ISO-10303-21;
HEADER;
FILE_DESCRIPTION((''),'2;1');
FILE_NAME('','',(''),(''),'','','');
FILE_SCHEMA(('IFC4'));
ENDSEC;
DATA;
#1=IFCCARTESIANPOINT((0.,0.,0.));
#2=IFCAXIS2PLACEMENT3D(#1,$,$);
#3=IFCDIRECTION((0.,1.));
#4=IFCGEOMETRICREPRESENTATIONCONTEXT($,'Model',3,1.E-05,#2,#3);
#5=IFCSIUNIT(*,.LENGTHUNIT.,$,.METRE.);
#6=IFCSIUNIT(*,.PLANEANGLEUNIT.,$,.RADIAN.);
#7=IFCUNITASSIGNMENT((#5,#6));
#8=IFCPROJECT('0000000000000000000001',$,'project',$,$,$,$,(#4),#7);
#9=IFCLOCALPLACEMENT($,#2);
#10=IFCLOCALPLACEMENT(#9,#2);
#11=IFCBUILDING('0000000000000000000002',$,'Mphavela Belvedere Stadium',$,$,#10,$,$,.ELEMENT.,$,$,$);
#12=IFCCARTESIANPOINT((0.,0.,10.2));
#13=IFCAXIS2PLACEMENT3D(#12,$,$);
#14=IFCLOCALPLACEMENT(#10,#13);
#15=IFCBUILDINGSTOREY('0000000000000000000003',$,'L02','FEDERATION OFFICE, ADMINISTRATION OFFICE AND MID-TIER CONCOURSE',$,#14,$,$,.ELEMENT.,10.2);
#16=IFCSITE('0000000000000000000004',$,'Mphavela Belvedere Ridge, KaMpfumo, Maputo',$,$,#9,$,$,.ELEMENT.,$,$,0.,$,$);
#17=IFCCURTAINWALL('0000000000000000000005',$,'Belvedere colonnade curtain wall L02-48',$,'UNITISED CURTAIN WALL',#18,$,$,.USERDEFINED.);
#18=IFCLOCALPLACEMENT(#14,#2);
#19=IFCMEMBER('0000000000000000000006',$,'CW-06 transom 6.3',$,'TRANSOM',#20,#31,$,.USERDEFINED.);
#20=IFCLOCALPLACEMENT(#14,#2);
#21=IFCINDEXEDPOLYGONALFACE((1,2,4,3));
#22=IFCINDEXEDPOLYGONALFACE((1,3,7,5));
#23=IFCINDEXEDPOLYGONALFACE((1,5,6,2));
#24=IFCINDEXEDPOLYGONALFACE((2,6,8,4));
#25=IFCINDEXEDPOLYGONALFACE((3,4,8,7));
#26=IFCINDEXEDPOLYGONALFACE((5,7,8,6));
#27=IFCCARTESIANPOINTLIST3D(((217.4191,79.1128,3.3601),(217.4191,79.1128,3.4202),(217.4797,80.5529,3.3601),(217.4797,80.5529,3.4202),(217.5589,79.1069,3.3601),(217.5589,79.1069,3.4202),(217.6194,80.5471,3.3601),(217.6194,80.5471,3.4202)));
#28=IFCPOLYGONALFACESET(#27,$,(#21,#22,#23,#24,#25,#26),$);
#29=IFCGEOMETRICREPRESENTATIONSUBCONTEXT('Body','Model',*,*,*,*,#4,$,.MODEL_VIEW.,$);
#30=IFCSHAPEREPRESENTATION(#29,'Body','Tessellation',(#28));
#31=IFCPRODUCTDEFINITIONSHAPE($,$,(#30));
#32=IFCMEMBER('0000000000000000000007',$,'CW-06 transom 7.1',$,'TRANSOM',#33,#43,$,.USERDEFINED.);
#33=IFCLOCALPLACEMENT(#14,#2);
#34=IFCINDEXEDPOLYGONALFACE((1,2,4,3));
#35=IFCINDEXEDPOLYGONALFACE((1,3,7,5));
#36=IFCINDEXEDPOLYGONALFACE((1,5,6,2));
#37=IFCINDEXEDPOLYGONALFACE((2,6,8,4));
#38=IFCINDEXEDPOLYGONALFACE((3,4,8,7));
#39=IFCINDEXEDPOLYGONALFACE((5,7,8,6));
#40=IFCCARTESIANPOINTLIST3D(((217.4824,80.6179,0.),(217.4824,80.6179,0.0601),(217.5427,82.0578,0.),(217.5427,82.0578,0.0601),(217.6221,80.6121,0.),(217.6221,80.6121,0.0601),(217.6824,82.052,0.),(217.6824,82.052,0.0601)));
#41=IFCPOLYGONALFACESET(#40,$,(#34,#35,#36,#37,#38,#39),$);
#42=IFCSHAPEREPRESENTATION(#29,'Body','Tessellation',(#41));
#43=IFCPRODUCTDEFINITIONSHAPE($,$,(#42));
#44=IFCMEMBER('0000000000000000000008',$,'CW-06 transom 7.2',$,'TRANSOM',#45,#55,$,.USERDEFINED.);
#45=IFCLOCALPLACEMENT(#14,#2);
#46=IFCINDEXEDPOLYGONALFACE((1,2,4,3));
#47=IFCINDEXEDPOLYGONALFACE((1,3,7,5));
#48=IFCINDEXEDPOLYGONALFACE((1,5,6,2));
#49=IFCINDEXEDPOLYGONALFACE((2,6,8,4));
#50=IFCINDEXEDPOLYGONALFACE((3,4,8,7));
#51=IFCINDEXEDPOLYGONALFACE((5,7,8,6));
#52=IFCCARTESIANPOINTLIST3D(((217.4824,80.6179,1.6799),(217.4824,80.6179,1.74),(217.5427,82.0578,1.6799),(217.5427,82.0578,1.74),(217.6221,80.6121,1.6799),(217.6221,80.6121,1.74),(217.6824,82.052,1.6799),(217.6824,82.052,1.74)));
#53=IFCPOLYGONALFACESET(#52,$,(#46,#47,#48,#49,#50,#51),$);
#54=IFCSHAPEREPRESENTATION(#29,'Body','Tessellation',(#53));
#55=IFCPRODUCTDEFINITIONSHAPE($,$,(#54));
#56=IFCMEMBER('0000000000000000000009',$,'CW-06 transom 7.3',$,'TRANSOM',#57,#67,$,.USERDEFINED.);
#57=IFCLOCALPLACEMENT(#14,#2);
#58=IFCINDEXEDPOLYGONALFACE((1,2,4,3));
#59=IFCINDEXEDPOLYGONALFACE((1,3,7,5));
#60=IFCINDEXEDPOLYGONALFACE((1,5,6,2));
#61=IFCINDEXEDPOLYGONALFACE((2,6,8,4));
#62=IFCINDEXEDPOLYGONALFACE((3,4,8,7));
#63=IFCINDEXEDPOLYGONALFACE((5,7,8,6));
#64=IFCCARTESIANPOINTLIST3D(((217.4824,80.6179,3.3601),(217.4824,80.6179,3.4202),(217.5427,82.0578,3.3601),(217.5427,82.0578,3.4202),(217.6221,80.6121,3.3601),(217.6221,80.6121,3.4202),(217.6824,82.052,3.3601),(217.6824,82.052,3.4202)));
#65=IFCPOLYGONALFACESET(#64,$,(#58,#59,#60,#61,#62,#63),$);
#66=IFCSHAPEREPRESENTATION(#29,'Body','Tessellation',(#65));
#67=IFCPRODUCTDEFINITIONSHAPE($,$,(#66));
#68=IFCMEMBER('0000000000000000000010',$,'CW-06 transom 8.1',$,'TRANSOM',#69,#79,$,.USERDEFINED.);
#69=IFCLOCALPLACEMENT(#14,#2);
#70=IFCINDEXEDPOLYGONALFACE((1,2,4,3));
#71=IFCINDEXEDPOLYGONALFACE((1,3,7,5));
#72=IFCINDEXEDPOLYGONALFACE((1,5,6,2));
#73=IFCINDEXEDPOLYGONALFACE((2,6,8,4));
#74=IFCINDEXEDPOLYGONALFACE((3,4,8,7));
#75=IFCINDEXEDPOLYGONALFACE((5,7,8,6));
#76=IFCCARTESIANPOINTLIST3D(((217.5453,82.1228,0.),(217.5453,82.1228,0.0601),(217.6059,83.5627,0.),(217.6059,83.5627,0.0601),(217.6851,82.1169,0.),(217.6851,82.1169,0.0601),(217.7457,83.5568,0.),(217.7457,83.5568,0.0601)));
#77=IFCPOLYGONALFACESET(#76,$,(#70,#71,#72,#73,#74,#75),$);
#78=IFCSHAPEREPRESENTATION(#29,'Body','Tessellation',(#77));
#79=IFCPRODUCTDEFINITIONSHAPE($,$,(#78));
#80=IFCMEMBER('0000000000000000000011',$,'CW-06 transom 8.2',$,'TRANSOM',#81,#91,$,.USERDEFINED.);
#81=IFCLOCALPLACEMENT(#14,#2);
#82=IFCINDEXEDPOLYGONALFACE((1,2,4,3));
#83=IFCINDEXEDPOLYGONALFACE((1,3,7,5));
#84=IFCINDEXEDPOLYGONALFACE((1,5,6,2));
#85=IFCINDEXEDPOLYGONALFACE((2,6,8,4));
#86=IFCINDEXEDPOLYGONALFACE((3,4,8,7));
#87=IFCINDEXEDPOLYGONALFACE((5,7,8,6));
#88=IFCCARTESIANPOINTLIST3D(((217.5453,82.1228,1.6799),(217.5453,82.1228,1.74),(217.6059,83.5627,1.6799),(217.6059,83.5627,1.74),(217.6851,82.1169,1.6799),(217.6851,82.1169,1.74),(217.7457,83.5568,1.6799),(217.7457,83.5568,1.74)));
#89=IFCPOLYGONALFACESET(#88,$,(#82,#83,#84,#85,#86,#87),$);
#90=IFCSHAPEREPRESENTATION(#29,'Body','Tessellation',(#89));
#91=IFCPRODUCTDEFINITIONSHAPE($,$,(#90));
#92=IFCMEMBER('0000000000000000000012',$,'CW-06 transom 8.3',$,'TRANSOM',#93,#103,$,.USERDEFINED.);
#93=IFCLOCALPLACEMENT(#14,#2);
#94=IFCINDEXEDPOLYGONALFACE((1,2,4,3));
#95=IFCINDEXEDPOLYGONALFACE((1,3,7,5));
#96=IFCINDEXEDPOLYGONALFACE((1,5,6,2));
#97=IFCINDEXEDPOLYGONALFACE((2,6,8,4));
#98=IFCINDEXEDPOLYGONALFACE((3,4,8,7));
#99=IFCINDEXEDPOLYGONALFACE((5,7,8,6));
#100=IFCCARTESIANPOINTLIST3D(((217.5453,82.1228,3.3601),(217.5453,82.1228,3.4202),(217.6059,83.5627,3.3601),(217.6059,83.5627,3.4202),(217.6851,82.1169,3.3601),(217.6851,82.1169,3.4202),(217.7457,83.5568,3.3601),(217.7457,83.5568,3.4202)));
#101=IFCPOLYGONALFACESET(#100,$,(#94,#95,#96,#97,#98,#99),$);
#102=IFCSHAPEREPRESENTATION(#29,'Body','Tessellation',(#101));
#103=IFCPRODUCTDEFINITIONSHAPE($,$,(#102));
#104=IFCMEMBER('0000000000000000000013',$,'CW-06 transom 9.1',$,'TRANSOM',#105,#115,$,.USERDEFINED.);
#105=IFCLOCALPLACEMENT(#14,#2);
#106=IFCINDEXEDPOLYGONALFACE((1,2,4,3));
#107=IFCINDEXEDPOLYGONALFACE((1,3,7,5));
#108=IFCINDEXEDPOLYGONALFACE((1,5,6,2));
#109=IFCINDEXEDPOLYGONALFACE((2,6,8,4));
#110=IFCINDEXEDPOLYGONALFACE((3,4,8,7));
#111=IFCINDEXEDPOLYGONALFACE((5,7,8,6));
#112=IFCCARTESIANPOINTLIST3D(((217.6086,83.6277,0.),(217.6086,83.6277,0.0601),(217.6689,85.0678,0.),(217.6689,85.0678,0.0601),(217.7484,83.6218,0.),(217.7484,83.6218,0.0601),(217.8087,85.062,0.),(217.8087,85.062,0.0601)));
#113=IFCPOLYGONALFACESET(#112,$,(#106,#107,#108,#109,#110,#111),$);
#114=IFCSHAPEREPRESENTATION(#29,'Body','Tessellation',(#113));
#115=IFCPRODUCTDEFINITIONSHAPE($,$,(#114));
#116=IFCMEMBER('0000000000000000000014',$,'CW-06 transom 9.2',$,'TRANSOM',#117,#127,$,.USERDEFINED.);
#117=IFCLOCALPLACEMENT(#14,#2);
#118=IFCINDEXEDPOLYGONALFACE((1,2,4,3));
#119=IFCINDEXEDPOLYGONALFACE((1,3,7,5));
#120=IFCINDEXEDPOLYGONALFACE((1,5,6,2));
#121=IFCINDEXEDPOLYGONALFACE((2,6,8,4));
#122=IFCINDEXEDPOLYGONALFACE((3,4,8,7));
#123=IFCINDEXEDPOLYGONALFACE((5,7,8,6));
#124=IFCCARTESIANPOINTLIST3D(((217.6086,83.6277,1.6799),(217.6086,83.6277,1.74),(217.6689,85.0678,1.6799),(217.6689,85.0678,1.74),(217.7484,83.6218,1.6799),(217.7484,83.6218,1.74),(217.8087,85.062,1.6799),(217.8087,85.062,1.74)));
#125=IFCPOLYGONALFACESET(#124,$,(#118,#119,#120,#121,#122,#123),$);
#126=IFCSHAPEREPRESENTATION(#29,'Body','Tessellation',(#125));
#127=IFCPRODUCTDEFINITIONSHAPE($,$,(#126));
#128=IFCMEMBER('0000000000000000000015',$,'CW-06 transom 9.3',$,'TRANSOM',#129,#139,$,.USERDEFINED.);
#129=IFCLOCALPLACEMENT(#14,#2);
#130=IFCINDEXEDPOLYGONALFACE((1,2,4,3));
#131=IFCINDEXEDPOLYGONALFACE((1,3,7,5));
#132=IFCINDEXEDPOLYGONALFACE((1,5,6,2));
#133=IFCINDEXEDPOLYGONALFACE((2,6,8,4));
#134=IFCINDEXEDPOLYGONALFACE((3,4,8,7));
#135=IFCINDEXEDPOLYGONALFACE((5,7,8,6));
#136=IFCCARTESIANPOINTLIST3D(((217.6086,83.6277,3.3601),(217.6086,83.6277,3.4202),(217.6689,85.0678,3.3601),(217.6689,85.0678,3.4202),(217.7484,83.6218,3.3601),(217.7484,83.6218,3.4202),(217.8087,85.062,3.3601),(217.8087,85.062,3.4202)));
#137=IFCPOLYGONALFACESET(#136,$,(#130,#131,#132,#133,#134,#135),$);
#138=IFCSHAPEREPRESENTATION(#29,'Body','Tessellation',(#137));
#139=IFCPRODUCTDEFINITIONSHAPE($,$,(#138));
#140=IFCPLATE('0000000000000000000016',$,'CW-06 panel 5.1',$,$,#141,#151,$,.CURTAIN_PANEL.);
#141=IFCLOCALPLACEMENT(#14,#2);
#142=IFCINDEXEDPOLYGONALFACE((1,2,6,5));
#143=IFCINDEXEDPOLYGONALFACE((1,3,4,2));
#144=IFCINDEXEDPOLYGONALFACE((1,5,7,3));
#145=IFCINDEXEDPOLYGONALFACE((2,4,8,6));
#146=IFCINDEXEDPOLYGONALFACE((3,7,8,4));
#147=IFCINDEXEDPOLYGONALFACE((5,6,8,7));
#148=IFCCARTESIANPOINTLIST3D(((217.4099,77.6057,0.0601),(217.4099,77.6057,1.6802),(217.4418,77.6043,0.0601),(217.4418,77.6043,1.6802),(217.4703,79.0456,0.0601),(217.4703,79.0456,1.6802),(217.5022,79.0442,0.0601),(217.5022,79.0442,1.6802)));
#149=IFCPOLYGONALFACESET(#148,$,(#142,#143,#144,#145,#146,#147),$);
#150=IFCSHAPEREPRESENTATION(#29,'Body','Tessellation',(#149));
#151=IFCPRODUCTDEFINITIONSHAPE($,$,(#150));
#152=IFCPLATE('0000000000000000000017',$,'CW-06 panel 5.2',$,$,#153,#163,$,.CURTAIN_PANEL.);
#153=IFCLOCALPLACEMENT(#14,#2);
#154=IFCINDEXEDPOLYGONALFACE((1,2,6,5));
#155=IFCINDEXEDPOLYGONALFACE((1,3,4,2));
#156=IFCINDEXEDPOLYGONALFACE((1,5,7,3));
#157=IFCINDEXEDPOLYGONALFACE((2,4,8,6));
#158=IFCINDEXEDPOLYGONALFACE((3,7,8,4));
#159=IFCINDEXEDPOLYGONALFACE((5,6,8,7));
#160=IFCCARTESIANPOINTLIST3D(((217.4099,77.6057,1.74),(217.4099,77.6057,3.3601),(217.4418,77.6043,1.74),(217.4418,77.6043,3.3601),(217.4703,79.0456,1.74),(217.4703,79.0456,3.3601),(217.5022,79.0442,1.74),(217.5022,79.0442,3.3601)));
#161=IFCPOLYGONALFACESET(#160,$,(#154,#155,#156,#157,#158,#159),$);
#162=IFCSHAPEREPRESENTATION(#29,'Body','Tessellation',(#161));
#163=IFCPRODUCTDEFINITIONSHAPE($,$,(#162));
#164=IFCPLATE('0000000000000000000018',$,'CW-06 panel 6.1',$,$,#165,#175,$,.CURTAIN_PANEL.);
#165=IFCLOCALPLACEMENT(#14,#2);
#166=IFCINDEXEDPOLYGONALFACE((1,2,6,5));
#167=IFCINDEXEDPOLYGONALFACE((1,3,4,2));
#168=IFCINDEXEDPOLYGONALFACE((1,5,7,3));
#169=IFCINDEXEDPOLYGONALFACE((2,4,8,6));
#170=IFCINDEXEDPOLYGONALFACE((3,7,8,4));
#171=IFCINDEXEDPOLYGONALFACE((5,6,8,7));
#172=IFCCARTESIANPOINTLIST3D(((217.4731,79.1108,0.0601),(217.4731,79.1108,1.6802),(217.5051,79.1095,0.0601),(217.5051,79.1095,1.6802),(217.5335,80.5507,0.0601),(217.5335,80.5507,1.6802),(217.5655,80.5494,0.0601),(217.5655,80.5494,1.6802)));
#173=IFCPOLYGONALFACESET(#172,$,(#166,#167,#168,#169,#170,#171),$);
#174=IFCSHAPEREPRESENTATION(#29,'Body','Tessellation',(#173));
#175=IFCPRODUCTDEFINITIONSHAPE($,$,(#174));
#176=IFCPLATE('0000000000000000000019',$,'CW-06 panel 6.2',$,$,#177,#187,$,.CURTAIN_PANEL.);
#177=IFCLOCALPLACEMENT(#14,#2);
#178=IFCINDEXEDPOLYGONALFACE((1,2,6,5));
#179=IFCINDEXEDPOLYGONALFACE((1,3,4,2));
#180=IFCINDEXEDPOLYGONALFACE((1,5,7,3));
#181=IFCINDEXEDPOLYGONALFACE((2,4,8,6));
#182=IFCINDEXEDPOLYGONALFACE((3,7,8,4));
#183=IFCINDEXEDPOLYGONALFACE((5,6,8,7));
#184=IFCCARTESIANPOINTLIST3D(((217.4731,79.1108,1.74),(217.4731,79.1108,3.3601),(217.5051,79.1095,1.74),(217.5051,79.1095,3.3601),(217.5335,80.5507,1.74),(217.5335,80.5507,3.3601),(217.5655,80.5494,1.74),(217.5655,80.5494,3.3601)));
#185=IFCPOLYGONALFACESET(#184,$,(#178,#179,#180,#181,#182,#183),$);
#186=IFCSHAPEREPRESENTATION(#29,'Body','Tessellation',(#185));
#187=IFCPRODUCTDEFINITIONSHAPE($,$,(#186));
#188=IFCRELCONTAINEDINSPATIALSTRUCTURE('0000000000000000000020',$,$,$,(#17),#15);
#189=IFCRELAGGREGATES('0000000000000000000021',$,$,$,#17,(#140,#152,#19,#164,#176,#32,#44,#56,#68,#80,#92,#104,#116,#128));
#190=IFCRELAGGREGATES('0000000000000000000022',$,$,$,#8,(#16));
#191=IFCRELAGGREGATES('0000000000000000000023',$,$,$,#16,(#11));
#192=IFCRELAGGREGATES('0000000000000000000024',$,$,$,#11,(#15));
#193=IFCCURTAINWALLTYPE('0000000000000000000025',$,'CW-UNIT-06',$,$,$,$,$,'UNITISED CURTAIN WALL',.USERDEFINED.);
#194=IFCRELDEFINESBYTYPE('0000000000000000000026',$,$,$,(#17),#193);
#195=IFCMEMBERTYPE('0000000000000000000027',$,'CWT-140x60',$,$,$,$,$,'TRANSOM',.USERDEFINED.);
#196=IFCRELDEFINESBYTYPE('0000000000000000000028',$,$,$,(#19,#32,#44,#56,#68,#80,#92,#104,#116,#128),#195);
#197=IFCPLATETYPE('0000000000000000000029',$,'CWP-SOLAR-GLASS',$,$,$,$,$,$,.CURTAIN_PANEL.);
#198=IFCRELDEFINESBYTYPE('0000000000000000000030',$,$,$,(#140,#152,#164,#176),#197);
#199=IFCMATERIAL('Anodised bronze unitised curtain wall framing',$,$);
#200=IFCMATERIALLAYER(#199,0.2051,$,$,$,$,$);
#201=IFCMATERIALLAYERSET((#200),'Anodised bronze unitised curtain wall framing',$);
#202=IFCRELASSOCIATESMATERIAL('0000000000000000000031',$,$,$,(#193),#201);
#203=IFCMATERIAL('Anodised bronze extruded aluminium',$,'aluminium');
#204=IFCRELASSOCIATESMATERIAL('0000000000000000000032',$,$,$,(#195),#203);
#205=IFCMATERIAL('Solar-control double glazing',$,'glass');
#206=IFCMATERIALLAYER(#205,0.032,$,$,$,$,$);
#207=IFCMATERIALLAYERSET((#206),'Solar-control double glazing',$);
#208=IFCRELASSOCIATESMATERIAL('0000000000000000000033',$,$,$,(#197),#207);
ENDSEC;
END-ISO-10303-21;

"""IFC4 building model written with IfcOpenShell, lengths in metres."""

from ifc_helpers import new_model, si_unit, direction, frame, origin, origin_2d, place, context, subcontext, project, spatial, rectangle, extrude, material, layer, layer_set, material_profile, profile_set, type_object, element, aggregate, save


model = new_model("IFC4")

# Units and contexts
model_context = context("Model", 3, precision=1e-05, world=origin(), true_north=direction((0.0, 1.0)))
body_context = subcontext(model_context, "Body", "Model", "MODEL_VIEW")
ifc_project = project(units=[si_unit("LENGTHUNIT", "METRE"), si_unit("PLANEANGLEUNIT", "RADIAN")], contexts=[model_context])

# Site, building, storey
site_placement = place(None, origin())
site = spatial("IfcSite", under=ifc_project, at=site_placement, Name="Mphavela Belvedere Ridge, KaMpfumo, Maputo", CompositionType="ELEMENT", RefElevation=0.0)
building_placement = place(site_placement, origin())
building = spatial("IfcBuilding", under=site, at=building_placement, Name="Mphavela Belvedere Stadium", CompositionType="ELEMENT")
storey_placement = place(building_placement, frame((0.0, 0.0, 10.2)))
storey = spatial("IfcBuildingStorey", under=building, at=storey_placement, Name="L02", Description="FEDERATION OFFICE, ADMINISTRATION OFFICE AND MID-TIER CONCOURSE", CompositionType="ELEMENT", Elevation=10.2)

# Curtain wall, members, plates
ifc_material_1 = material(Name="Anodised bronze unitised curtain wall framing")
ifc_layer_1 = layer(ifc_material_1, 0.2051)
ifc_layer_set_1 = layer_set([ifc_layer_1], Name="Anodised bronze unitised curtain wall framing")
curtain_wall_type = type_object("IfcCurtainWallType", Name="CW-UNIT-06", ElementType="UNITISED CURTAIN WALL", PredefinedType="USERDEFINED", material=ifc_layer_set_1)
curtain_wall_placement = place(storey_placement, origin())
curtain_wall = element("IfcCurtainWall", 1, at=curtain_wall_placement, inside=storey, type_object=curtain_wall_type, Name="Belvedere colonnade curtain wall L02-48", ObjectType="UNITISED CURTAIN WALL", PredefinedType="USERDEFINED")
ifc_material_2 = material(Name="Anodised bronze extruded aluminium", Category="aluminium")
ifc_material_profile_1 = material_profile(ifc_material_2, rectangle(XDim=0.1399, YDim=0.0601, at=origin_2d()), Name="CW-TRN 140x60")
ifc_profile_set_1 = profile_set([ifc_material_profile_1], Name="Anodised bronze extruded aluminium")
member_type_1 = type_object("IfcMemberType", Name="CWT-140x60", ElementType="TRANSOM", PredefinedType="USERDEFINED", material=ifc_profile_set_1)
member_1_placement = place(storey_placement, frame((217.489, 79.1099, 3.3901), z_axis=(0.042004, 0.999117, 0.0), x_axis=(-0.999117, 0.042004, 0.0)))
member_1 = element("IfcMember", 2, at=member_1_placement, type_object=member_type_1, Name="CW-06 transom 6.3", ObjectType="TRANSOM", PredefinedType="USERDEFINED", context=body_context, shape_type="SweptSolid", body=[
    extrude(rectangle(XDim=0.1399, YDim=0.0601, at=origin_2d()), origin(), (0.0, 0.0, 1.0), 1.4414),
])
member_2_placement = place(storey_placement, frame((217.5522, 80.615, 0.03), z_axis=(0.041842, 0.999124, 0.0), x_axis=(-0.999124, 0.041842, 0.0)))
member_2 = element("IfcMember", 3, at=member_2_placement, type_object=member_type_1, Name="CW-06 transom 7.1", ObjectType="TRANSOM", PredefinedType="USERDEFINED", context=body_context, shape_type="SweptSolid", body=[
    extrude(rectangle(XDim=0.1399, YDim=0.0601, at=origin_2d()), origin(), (0.0, 0.0, 1.0), 1.4412),
])
member_3_placement = place(storey_placement, frame((217.5522, 80.615, 1.71), z_axis=(0.041842, 0.999124, 0.0), x_axis=(-0.999124, 0.041842, 0.0)))
member_3 = element("IfcMember", 4, at=member_3_placement, type_object=member_type_1, Name="CW-06 transom 7.2", ObjectType="TRANSOM", PredefinedType="USERDEFINED", context=body_context, shape_type="SweptSolid", body=[
    extrude(rectangle(XDim=0.1399, YDim=0.0601, at=origin_2d()), origin(), (0.0, 0.0, 1.0), 1.4412),
])
member_4_placement = place(storey_placement, frame((217.5522, 80.615, 3.3901), z_axis=(0.041842, 0.999124, 0.0), x_axis=(-0.999124, 0.041842, 0.0)))
member_4 = element("IfcMember", 5, at=member_4_placement, type_object=member_type_1, Name="CW-06 transom 7.3", ObjectType="TRANSOM", PredefinedType="USERDEFINED", context=body_context, shape_type="SweptSolid", body=[
    extrude(rectangle(XDim=0.1399, YDim=0.0601, at=origin_2d()), origin(), (0.0, 0.0, 1.0), 1.4412),
])
member_5_placement = place(storey_placement, frame((217.6152, 82.1199, 0.03), z_axis=(0.042011, 0.999117, 0.0), x_axis=(-0.999117, 0.042011, 0.0)))
member_5 = element("IfcMember", 6, at=member_5_placement, type_object=member_type_1, Name="CW-06 transom 8.1", ObjectType="TRANSOM", PredefinedType="USERDEFINED", context=body_context, shape_type="SweptSolid", body=[
    extrude(rectangle(XDim=0.1399, YDim=0.0601, at=origin_2d()), origin(), (0.0, 0.0, 1.0), 1.4412),
])
member_6_placement = place(storey_placement, frame((217.6152, 82.1199, 1.71), z_axis=(0.042011, 0.999117, 0.0), x_axis=(-0.999117, 0.042011, 0.0)))
member_6 = element("IfcMember", 7, at=member_6_placement, type_object=member_type_1, Name="CW-06 transom 8.2", ObjectType="TRANSOM", PredefinedType="USERDEFINED", context=body_context, shape_type="SweptSolid", body=[
    extrude(rectangle(XDim=0.1399, YDim=0.0601, at=origin_2d()), origin(), (0.0, 0.0, 1.0), 1.4412),
])
member_7_placement = place(storey_placement, frame((217.6152, 82.1199, 3.3901), z_axis=(0.042011, 0.999117, 0.0), x_axis=(-0.999117, 0.042011, 0.0)))
member_7 = element("IfcMember", 8, at=member_7_placement, type_object=member_type_1, Name="CW-06 transom 8.3", ObjectType="TRANSOM", PredefinedType="USERDEFINED", context=body_context, shape_type="SweptSolid", body=[
    extrude(rectangle(XDim=0.1399, YDim=0.0601, at=origin_2d()), origin(), (0.0, 0.0, 1.0), 1.4412),
])
member_8_placement = place(storey_placement, frame((217.6785, 83.6248, 0.03), z_axis=(0.041835, 0.999125, 0.0), x_axis=(-0.999125, 0.041835, 0.0)))
member_8 = element("IfcMember", 9, at=member_8_placement, type_object=member_type_1, Name="CW-06 transom 9.1", ObjectType="TRANSOM", PredefinedType="USERDEFINED", context=body_context, shape_type="SweptSolid", body=[
    extrude(rectangle(XDim=0.1399, YDim=0.0601, at=origin_2d()), origin(), (0.0, 0.0, 1.0), 1.4414),
])
member_9_placement = place(storey_placement, frame((217.6785, 83.6248, 1.71), z_axis=(0.041835, 0.999125, 0.0), x_axis=(-0.999125, 0.041835, 0.0)))
member_9 = element("IfcMember", 10, at=member_9_placement, type_object=member_type_1, Name="CW-06 transom 9.2", ObjectType="TRANSOM", PredefinedType="USERDEFINED", context=body_context, shape_type="SweptSolid", body=[
    extrude(rectangle(XDim=0.1399, YDim=0.0601, at=origin_2d()), origin(), (0.0, 0.0, 1.0), 1.4414),
])
member_10_placement = place(storey_placement, frame((217.6785, 83.6248, 3.3901), z_axis=(0.041835, 0.999125, 0.0), x_axis=(-0.999125, 0.041835, 0.0)))
member_10 = element("IfcMember", 11, at=member_10_placement, type_object=member_type_1, Name="CW-06 transom 9.3", ObjectType="TRANSOM", PredefinedType="USERDEFINED", context=body_context, shape_type="SweptSolid", body=[
    extrude(rectangle(XDim=0.1399, YDim=0.0601, at=origin_2d()), origin(), (0.0, 0.0, 1.0), 1.4414),
])
ifc_material_3 = material(Name="Solar-control double glazing", Category="glass")
ifc_layer_2 = layer(ifc_material_3, 0.032)
ifc_layer_set_2 = layer_set([ifc_layer_2], Name="Solar-control double glazing")
plate_type = type_object("IfcPlateType", Name="CWP-SOLAR-GLASS", PredefinedType="CURTAIN_PANEL", material=ifc_layer_set_2)
plate_1_placement = place(storey_placement, frame((217.4561, 78.325, 0.0601), z_axis=(0.0, 0.0, 1.0), x_axis=(0.041904, 0.999122, 0.0)))
plate_1 = element("IfcPlate", 12, at=plate_1_placement, type_object=plate_type, Name="CW-06 panel 5.1", PredefinedType="CURTAIN_PANEL", context=body_context, shape_type="SweptSolid", body=[
    extrude(rectangle(XDim=1.4412, YDim=0.032, at=origin_2d()), origin(), (0.0, 0.0, 1.0), 1.6201),
])
plate_2_placement = place(storey_placement, frame((217.4561, 78.325, 1.74), z_axis=(0.0, 0.0, 1.0), x_axis=(0.041904, 0.999122, 0.0)))
plate_2 = element("IfcPlate", 13, at=plate_2_placement, type_object=plate_type, Name="CW-06 panel 5.2", PredefinedType="CURTAIN_PANEL", context=body_context, shape_type="SweptSolid", body=[
    extrude(rectangle(XDim=1.4412, YDim=0.032, at=origin_2d()), origin(), (0.0, 0.0, 1.0), 1.6201),
])
plate_3_placement = place(storey_placement, frame((217.5193, 79.8301, 0.0601), z_axis=(0.0, 0.0, 1.0), x_axis=(0.041904, 0.999122, 0.0)))
plate_3 = element("IfcPlate", 14, at=plate_3_placement, type_object=plate_type, Name="CW-06 panel 6.1", PredefinedType="CURTAIN_PANEL", context=body_context, shape_type="SweptSolid", body=[
    extrude(rectangle(XDim=1.4412, YDim=0.032, at=origin_2d()), origin(), (0.0, 0.0, 1.0), 1.6201),
])
plate_4_placement = place(storey_placement, frame((217.5193, 79.8301, 1.74), z_axis=(0.0, 0.0, 1.0), x_axis=(0.041904, 0.999122, 0.0)))
plate_4 = element("IfcPlate", 15, at=plate_4_placement, type_object=plate_type, Name="CW-06 panel 6.2", PredefinedType="CURTAIN_PANEL", context=body_context, shape_type="SweptSolid", body=[
    extrude(rectangle(XDim=1.4412, YDim=0.032, at=origin_2d()), origin(), (0.0, 0.0, 1.0), 1.6201),
])
aggregate(curtain_wall, [plate_1, plate_2, member_1, plate_3, plate_4, member_2, member_3, member_4, member_5, member_6, member_7, member_8, member_9, member_10])

save(model, "model.ifc")
